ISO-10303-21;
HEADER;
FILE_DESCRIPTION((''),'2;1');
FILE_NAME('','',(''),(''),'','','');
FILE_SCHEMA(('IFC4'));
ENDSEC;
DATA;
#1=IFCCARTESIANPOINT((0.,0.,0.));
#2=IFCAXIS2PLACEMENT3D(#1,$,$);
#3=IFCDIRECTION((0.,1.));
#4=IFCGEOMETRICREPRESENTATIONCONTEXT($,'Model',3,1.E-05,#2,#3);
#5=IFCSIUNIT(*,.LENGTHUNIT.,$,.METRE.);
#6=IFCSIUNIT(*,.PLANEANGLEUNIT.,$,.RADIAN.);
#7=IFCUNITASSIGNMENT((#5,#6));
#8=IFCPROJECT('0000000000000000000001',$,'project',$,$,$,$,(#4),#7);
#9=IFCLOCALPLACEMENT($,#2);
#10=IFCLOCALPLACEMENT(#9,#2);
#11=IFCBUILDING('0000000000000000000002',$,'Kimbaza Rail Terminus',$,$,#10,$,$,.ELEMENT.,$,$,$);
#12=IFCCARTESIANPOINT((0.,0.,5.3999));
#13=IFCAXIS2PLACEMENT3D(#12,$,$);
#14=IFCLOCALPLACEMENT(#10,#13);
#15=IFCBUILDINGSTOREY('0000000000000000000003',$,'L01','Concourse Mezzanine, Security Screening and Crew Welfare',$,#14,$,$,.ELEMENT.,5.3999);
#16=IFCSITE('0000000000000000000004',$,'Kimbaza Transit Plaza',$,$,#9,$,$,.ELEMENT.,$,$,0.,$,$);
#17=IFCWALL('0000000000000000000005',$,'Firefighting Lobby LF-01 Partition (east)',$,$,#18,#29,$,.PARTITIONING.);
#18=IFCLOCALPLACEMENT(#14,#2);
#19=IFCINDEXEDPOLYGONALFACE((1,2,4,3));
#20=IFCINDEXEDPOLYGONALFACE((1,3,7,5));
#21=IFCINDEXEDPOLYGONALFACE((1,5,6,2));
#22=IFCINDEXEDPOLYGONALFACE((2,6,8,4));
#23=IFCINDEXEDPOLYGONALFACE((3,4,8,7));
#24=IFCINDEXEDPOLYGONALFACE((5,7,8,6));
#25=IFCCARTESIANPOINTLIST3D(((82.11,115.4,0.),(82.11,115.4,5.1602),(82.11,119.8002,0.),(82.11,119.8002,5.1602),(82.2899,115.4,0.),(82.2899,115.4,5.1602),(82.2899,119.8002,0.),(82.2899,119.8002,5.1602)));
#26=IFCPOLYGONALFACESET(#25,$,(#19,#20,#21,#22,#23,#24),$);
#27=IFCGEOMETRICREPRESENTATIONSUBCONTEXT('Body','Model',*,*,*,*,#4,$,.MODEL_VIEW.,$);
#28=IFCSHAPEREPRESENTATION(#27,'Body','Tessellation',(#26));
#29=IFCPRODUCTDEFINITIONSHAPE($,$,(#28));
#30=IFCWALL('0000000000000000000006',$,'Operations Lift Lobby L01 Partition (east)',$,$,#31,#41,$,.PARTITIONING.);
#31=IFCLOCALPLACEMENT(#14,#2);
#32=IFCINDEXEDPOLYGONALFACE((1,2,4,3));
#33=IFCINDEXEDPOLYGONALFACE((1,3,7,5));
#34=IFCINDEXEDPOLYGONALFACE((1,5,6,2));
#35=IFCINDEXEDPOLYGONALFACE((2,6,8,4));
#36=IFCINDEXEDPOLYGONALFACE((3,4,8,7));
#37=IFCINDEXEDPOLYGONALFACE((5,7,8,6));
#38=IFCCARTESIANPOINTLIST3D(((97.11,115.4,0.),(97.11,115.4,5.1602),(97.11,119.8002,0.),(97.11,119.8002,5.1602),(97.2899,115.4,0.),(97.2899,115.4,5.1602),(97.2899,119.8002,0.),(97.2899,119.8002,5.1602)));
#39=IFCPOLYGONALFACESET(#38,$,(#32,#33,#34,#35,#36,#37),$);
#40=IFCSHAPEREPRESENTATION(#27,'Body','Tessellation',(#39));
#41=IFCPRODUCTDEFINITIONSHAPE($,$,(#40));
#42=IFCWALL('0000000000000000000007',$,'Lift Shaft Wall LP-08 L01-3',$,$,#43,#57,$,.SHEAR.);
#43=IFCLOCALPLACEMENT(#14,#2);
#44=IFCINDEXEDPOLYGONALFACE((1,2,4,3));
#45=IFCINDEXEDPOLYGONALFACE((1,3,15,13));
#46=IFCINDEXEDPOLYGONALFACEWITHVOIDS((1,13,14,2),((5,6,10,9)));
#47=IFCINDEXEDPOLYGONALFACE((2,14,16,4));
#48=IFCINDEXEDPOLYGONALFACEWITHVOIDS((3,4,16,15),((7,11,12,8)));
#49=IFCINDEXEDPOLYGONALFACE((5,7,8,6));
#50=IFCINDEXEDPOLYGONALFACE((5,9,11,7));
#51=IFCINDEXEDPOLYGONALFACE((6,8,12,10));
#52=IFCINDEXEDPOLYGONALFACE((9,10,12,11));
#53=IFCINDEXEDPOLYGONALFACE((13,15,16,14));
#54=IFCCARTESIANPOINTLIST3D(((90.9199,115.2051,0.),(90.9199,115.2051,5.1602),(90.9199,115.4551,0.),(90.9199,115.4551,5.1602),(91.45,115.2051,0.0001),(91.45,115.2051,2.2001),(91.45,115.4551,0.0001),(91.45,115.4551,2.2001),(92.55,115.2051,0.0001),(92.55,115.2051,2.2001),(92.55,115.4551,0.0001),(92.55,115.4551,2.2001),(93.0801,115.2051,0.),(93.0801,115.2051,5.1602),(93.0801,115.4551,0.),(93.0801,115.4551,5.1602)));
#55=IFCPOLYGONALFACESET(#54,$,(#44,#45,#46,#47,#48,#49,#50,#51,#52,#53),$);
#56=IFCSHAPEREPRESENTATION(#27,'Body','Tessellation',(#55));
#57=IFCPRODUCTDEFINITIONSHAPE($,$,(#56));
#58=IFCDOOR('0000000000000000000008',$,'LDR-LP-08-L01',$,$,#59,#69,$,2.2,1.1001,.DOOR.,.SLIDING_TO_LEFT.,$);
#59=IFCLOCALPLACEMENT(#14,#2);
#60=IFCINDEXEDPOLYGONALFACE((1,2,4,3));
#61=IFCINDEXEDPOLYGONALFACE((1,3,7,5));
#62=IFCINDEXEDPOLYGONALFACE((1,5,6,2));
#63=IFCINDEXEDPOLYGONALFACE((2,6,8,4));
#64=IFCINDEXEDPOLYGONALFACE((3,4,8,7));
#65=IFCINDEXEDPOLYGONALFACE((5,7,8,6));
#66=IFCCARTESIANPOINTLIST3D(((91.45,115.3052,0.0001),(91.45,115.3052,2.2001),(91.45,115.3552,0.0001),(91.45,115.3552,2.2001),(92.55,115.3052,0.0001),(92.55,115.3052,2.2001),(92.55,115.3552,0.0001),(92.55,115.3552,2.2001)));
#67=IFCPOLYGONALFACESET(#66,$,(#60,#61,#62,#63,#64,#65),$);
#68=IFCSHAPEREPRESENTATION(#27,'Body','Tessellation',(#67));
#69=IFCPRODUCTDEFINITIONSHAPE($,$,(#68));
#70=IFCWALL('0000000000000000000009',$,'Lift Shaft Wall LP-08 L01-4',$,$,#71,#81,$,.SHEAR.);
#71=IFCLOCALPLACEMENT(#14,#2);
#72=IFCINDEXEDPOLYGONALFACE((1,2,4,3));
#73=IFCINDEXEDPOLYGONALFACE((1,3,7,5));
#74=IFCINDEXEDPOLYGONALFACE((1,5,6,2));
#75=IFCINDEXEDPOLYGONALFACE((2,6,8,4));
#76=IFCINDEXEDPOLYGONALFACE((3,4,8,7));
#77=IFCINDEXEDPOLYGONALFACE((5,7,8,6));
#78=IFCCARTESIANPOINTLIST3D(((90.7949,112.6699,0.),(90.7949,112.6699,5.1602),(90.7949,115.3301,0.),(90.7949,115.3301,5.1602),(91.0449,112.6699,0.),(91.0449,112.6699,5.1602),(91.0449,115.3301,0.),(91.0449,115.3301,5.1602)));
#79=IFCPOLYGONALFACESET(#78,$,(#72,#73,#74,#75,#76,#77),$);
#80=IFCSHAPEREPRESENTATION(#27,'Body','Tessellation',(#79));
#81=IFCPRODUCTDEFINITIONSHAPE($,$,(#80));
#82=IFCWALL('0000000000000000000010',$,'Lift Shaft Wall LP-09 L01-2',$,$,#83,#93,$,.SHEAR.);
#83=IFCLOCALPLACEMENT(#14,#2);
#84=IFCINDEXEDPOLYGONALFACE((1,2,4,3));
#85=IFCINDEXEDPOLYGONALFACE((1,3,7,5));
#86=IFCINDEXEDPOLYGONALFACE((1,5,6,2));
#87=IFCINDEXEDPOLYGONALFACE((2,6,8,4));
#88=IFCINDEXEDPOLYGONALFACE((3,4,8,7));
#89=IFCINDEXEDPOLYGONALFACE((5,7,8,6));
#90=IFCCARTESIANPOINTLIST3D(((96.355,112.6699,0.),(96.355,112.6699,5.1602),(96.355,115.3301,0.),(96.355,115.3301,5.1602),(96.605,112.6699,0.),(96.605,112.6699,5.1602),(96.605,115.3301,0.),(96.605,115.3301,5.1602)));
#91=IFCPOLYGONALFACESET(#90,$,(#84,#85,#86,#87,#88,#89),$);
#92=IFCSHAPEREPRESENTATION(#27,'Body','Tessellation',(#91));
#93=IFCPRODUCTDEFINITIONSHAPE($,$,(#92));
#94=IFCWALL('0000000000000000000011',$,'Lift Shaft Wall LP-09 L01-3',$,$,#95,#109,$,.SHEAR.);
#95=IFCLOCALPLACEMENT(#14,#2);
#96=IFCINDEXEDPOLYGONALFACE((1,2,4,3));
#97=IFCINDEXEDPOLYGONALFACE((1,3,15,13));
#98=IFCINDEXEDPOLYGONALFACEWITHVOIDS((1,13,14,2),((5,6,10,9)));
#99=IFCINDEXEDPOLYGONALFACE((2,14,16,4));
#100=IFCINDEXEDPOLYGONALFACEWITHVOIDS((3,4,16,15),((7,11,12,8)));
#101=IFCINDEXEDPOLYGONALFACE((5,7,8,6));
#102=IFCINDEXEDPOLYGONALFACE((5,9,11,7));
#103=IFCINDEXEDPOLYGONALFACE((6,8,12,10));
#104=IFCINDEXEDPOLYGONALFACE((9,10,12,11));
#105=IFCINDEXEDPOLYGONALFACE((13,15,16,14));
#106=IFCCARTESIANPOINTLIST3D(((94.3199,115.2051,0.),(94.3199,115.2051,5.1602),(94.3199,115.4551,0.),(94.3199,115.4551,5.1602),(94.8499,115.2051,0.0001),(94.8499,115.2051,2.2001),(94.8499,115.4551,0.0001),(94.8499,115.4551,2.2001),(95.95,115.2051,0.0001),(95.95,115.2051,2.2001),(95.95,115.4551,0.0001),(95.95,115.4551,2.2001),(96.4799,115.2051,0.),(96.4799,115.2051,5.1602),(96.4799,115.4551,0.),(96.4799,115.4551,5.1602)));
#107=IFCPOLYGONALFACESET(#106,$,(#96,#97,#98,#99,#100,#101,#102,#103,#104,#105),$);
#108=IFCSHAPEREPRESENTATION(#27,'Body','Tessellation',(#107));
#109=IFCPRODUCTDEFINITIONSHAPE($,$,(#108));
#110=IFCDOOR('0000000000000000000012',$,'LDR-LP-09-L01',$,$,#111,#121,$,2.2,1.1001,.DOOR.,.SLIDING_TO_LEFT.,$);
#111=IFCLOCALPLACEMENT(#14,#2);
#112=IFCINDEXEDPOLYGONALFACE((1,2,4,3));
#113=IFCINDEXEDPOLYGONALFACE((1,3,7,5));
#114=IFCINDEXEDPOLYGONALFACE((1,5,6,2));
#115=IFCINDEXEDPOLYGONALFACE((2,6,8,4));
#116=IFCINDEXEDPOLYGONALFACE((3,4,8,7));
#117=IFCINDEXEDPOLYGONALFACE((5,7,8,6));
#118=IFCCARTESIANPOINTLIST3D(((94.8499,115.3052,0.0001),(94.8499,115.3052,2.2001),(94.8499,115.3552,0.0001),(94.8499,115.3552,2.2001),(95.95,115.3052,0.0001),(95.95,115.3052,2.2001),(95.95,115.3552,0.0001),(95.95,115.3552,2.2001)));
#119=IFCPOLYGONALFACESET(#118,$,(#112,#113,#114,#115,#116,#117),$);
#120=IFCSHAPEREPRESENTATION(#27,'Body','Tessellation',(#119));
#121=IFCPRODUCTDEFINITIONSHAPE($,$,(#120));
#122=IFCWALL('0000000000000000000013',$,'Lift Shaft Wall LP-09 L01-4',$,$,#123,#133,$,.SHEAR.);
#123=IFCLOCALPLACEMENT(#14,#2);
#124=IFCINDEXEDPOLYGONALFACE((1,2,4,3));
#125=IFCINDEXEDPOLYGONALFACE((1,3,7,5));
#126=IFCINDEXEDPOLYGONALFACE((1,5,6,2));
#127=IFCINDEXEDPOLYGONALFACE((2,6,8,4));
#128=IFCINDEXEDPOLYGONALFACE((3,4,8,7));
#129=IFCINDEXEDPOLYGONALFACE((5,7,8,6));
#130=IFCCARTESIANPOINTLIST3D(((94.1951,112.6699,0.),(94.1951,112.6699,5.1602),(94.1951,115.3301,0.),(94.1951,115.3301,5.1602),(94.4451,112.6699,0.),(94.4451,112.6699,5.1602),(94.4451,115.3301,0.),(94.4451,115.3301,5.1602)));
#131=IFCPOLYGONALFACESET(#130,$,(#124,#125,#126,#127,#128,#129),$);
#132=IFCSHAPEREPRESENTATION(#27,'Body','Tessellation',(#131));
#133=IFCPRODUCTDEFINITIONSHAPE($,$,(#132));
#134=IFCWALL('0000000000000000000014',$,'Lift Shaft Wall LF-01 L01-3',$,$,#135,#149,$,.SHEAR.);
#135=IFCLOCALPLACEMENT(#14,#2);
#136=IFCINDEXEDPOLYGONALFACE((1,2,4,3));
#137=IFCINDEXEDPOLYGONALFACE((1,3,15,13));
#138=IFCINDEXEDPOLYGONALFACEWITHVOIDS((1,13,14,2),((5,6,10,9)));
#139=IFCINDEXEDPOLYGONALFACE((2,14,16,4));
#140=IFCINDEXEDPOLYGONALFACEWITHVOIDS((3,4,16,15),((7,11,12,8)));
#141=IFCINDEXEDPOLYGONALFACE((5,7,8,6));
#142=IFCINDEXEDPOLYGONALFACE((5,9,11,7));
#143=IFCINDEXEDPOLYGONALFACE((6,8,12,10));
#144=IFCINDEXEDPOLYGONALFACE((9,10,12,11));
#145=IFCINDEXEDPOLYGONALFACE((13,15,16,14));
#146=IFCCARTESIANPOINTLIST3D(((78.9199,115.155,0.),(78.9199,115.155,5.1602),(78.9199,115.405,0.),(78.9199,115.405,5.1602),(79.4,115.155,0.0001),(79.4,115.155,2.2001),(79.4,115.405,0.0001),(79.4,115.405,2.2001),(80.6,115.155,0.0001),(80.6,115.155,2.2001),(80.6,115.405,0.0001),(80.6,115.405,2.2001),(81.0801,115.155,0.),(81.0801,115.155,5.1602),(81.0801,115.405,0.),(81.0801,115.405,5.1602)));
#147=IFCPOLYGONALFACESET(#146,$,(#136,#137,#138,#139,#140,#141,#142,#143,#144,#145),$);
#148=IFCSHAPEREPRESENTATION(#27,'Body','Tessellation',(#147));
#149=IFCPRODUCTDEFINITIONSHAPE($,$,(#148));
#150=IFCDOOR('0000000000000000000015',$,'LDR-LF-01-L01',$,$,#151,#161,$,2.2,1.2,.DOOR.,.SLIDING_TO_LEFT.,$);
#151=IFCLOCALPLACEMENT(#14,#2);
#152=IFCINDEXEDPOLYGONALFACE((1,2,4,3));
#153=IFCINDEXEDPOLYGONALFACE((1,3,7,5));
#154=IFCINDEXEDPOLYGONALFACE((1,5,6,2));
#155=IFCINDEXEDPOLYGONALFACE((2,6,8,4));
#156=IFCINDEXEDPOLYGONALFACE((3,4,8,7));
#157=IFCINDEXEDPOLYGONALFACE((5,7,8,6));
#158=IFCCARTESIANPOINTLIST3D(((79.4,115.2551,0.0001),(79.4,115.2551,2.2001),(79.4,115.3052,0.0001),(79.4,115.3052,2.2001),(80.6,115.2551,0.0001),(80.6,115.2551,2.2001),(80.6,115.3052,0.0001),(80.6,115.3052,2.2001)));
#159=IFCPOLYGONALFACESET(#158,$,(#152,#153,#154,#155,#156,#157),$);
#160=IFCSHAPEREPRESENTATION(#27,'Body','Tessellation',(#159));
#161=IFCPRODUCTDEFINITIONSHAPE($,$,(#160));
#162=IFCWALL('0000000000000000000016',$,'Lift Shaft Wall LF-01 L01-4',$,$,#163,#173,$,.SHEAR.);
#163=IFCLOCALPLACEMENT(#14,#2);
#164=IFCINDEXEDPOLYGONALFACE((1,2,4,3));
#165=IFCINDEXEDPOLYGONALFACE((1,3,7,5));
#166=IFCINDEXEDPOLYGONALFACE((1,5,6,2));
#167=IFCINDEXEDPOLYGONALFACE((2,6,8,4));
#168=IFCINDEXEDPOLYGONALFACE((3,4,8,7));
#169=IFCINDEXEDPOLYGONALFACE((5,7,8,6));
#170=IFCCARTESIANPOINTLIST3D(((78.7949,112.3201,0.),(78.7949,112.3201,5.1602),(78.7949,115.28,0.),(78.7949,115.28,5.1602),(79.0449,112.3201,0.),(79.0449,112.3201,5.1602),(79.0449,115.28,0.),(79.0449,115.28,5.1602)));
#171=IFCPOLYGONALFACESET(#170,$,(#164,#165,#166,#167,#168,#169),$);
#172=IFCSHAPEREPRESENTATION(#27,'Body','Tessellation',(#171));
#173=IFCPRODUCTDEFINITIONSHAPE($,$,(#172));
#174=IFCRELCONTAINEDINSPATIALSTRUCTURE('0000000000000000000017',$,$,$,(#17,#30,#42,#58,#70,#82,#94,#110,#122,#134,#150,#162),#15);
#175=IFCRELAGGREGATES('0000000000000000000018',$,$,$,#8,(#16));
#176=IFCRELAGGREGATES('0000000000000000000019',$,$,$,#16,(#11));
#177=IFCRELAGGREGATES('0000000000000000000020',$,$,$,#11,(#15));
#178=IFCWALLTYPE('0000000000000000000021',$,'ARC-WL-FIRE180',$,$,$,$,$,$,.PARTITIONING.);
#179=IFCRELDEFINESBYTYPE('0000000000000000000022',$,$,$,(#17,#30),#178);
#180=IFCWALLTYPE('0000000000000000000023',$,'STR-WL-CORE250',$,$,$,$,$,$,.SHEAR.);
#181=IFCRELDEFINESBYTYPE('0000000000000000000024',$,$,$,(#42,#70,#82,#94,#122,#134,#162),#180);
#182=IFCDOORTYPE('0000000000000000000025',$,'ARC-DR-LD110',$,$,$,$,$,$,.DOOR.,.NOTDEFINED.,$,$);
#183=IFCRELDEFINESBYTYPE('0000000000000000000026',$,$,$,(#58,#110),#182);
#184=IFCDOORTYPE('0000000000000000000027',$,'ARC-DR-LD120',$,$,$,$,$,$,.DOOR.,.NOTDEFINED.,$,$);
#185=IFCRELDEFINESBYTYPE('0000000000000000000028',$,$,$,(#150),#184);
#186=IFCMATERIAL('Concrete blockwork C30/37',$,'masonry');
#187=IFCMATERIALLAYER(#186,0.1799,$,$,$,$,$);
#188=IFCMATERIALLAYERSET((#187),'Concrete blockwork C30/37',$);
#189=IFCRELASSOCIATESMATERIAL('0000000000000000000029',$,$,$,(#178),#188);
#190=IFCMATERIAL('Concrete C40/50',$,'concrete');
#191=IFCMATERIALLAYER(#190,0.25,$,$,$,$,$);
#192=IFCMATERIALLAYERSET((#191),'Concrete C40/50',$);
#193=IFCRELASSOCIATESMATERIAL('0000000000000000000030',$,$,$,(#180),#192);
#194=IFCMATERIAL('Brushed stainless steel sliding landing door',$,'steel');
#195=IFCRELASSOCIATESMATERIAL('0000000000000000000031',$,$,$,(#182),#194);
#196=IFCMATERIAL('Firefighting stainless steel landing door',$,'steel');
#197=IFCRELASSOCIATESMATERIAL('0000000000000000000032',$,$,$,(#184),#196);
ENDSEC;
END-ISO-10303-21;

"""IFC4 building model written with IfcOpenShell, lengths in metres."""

from ifc_helpers import new_model, si_unit, direction, frame, frame_2d, origin, place, context, subcontext, project, spatial, rectangle, extrude, material, layer, layer_set, type_object, element, fill, save


model = new_model("IFC4")

# Units and contexts
model_context = context("Model", 3, precision=1e-05, world=origin(), true_north=direction((0.0, 1.0)))
body_context = subcontext(model_context, "Body", "Model", "MODEL_VIEW")
ifc_project = project(units=[si_unit("LENGTHUNIT", "METRE"), si_unit("PLANEANGLEUNIT", "RADIAN")], contexts=[model_context])

# Site, building, storey
site_placement = place(None, origin())
site = spatial("IfcSite", under=ifc_project, at=site_placement, Name="Kimbaza Transit Plaza", CompositionType="ELEMENT", RefElevation=0.0)
building_placement = place(site_placement, origin())
building = spatial("IfcBuilding", under=site, at=building_placement, Name="Kimbaza Rail Terminus", CompositionType="ELEMENT")
storey_placement = place(building_placement, frame((0.0, 0.0, 5.3999)))
storey = spatial("IfcBuildingStorey", under=building, at=storey_placement, Name="L01", Description="Concourse Mezzanine, Security Screening and Crew Welfare", CompositionType="ELEMENT", Elevation=5.3999)

# Walls
ifc_material_1 = material(Name="Concrete blockwork C30/37", Category="masonry")
ifc_layer_1 = layer(ifc_material_1, 0.1799)
ifc_layer_set_1 = layer_set([ifc_layer_1], Name="Concrete blockwork C30/37")
wall_type_1 = type_object("IfcWallType", Name="ARC-WL-FIRE180", PredefinedType="PARTITIONING", material=ifc_layer_set_1)
for number, where, z_axis, x_axis, name in (
    (1, (82.2, 115.3999, 0.0), (0.0, 0.0, 1.0), (0.0, 1.0, 0.0), "Firefighting Lobby LF-01 Partition (east)"),
    (2, (97.2, 115.3999, 0.0), (0.0, 0.0, 1.0), (0.0, 1.0, 0.0), "Operations Lift Lobby L01 Partition (east)"),
):
    element("IfcWall", number, at=place(storey_placement, frame(where, z_axis=z_axis, x_axis=x_axis)), inside=storey, type_object=wall_type_1, Name=name, PredefinedType="PARTITIONING", context=body_context, shape_type="SweptSolid", body=[
        extrude(rectangle(XDim=4.4001, YDim=0.1799, at=frame_2d((2.2002, 0.0))), origin(), (0.0, 0.0, 1.0), 5.1602),
    ])

# Wall, opening, door
ifc_material_2 = material(Name="Concrete C40/50", Category="concrete")
ifc_layer_2 = layer(ifc_material_2, 0.25)
ifc_layer_set_2 = layer_set([ifc_layer_2], Name="Concrete C40/50")
wall_type_2 = type_object("IfcWallType", Name="STR-WL-CORE250", PredefinedType="SHEAR", material=ifc_layer_set_2)
wall_1_placement = place(storey_placement, frame((93.0801, 115.3301, 0.0), z_axis=(0.0, 0.0, 1.0), x_axis=(-1.0, 0.0, 0.0)))
wall_1 = element("IfcWall", 3, at=wall_1_placement, inside=storey, type_object=wall_type_2, Name="Lift Shaft Wall LP-08 L01-3", PredefinedType="SHEAR", context=body_context, shape_type="SweptSolid", body=[
    extrude(rectangle(XDim=2.1602, YDim=0.25, at=frame_2d((1.0801, 0.0))), origin(), (0.0, 0.0, 1.0), 5.1602),
])
opening_1_placement = place(wall_1_placement, frame((0.53, 0.0, 0.0)))
opening_1 = element("IfcOpeningElement", 4, at=opening_1_placement, cuts=wall_1, PredefinedType="OPENING", context=body_context, shape_type="SweptSolid", body=[
    extrude(rectangle(XDim=1.1001, YDim=2.2, at=frame_2d((0.55, 1.1001))), frame((0.0, 0.135, 0.0), z_axis=(0.0, -1.0, 0.0), x_axis=(1.0, 0.0, 0.0)), (0.0, 0.0, 1.0), 0.27),
])
ifc_material_3 = material(Name="Brushed stainless steel sliding landing door", Category="steel")
door_type_1 = type_object("IfcDoorType", Name="ARC-DR-LD110", OperationType="NOTDEFINED", PredefinedType="DOOR", material=ifc_material_3)
door_1_placement = place(opening_1_placement, origin())
door_1 = element("IfcDoor", 5, at=door_1_placement, inside=storey, type_object=door_type_1, Name="LDR-LP-08-L01", OperationType="SLIDING_TO_LEFT", OverallHeight=2.2, OverallWidth=1.1001, PredefinedType="DOOR", context=body_context, shape_type="SweptSolid", body=[
    extrude(rectangle(XDim=1.1001, YDim=2.2, at=frame_2d((0.55, 1.1001))), frame((0.0, 0.0249, 0.0), z_axis=(0.0, -1.0, 0.0), x_axis=(1.0, 0.0, 0.0)), (0.0, 0.0, 1.0), 0.05),
])
fill(opening_1, door_1)

# Walls
for number, where, z_axis, x_axis, name in (
    (6, (90.9199, 115.3301, 0.0), (0.0, 0.0, 1.0), (0.0, -1.0, 0.0), "Lift Shaft Wall LP-08 L01-4"),
    (7, (96.48, 112.6699, 0.0), (0.0, 0.0, 1.0), (0.0, 1.0, 0.0), "Lift Shaft Wall LP-09 L01-2"),
):
    element("IfcWall", number, at=place(storey_placement, frame(where, z_axis=z_axis, x_axis=x_axis)), inside=storey, type_object=wall_type_2, Name=name, PredefinedType="SHEAR", context=body_context, shape_type="SweptSolid", body=[
        extrude(rectangle(XDim=2.6602, YDim=0.25, at=frame_2d((1.3301, 0.0))), origin(), (0.0, 0.0, 1.0), 5.1602),
    ])

# Wall, opening, door
wall_2_placement = place(storey_placement, frame((96.48, 115.3301, 0.0), z_axis=(0.0, 0.0, 1.0), x_axis=(-1.0, 0.0, 0.0)))
wall_2 = element("IfcWall", 8, at=wall_2_placement, inside=storey, type_object=wall_type_2, Name="Lift Shaft Wall LP-09 L01-3", PredefinedType="SHEAR", context=body_context, shape_type="SweptSolid", body=[
    extrude(rectangle(XDim=2.1599, YDim=0.25, at=frame_2d((1.0801, 0.0))), origin(), (0.0, 0.0, 1.0), 5.1602),
])
opening_2_placement = place(wall_2_placement, frame((0.53, 0.0, 0.0)))
opening_2 = element("IfcOpeningElement", 9, at=opening_2_placement, cuts=wall_2, PredefinedType="OPENING", context=body_context, shape_type="SweptSolid", body=[
    extrude(rectangle(XDim=1.1001, YDim=2.2, at=frame_2d((0.55, 1.1001))), frame((0.0, 0.135, 0.0), z_axis=(0.0, -1.0, 0.0), x_axis=(1.0, 0.0, 0.0)), (0.0, 0.0, 1.0), 0.27),
])
door_2_placement = place(opening_2_placement, origin())
door_2 = element("IfcDoor", 10, at=door_2_placement, inside=storey, type_object=door_type_1, Name="LDR-LP-09-L01", OperationType="SLIDING_TO_LEFT", OverallHeight=2.2, OverallWidth=1.1001, PredefinedType="DOOR", context=body_context, shape_type="SweptSolid", body=[
    extrude(rectangle(XDim=1.1001, YDim=2.2, at=frame_2d((0.55, 1.1001))), frame((0.0, 0.0249, 0.0), z_axis=(0.0, -1.0, 0.0), x_axis=(1.0, 0.0, 0.0)), (0.0, 0.0, 1.0), 0.05),
])
fill(opening_2, door_2)

# Wall
wall_3_placement = place(storey_placement, frame((94.3201, 115.3301, 0.0), z_axis=(0.0, 0.0, 1.0), x_axis=(0.0, -1.0, 0.0)))
element("IfcWall", 11, at=wall_3_placement, inside=storey, type_object=wall_type_2, Name="Lift Shaft Wall LP-09 L01-4", PredefinedType="SHEAR", context=body_context, shape_type="SweptSolid", body=[
    extrude(rectangle(XDim=2.6602, YDim=0.25, at=frame_2d((1.3301, 0.0))), origin(), (0.0, 0.0, 1.0), 5.1602),
])

# Wall, opening, door
wall_4_placement = place(storey_placement, frame((81.0801, 115.28, 0.0), z_axis=(0.0, 0.0, 1.0), x_axis=(-1.0, 0.0, 0.0)))
wall_4 = element("IfcWall", 12, at=wall_4_placement, inside=storey, type_object=wall_type_2, Name="Lift Shaft Wall LF-01 L01-3", PredefinedType="SHEAR", context=body_context, shape_type="SweptSolid", body=[
    extrude(rectangle(XDim=2.1602, YDim=0.25, at=frame_2d((1.0801, 0.0))), origin(), (0.0, 0.0, 1.0), 5.1602),
])
opening_3_placement = place(wall_4_placement, frame((0.48, 0.0, 0.0)))
opening_3 = element("IfcOpeningElement", 13, at=opening_3_placement, cuts=wall_4, PredefinedType="OPENING", context=body_context, shape_type="SweptSolid", body=[
    extrude(rectangle(XDim=1.2, YDim=2.2, at=frame_2d((0.6001, 1.1001))), frame((0.0, 0.135, 0.0), z_axis=(0.0, -1.0, 0.0), x_axis=(1.0, 0.0, 0.0)), (0.0, 0.0, 1.0), 0.27),
])
ifc_material_4 = material(Name="Firefighting stainless steel landing door", Category="steel")
door_type_2 = type_object("IfcDoorType", Name="ARC-DR-LD120", OperationType="NOTDEFINED", PredefinedType="DOOR", material=ifc_material_4)
door_3_placement = place(opening_3_placement, origin())
door_3 = element("IfcDoor", 14, at=door_3_placement, inside=storey, type_object=door_type_2, Name="LDR-LF-01-L01", OperationType="SLIDING_TO_LEFT", OverallHeight=2.2, OverallWidth=1.2, PredefinedType="DOOR", context=body_context, shape_type="SweptSolid", body=[
    extrude(rectangle(XDim=1.2, YDim=2.2, at=frame_2d((0.6001, 1.1001))), frame((0.0, 0.0249, 0.0), z_axis=(0.0, -1.0, 0.0), x_axis=(1.0, 0.0, 0.0)), (0.0, 0.0, 1.0), 0.05),
])
fill(opening_3, door_3)

# Wall
wall_5_placement = place(storey_placement, frame((78.9199, 115.28, 0.0), z_axis=(0.0, 0.0, 1.0), x_axis=(0.0, -1.0, 0.0)))
element("IfcWall", 15, at=wall_5_placement, inside=storey, type_object=wall_type_2, Name="Lift Shaft Wall LF-01 L01-4", PredefinedType="SHEAR", context=body_context, shape_type="SweptSolid", body=[
    extrude(rectangle(XDim=2.96, YDim=0.25, at=frame_2d((1.48, 0.0))), origin(), (0.0, 0.0, 1.0), 5.1602),
])

save(model, "model.ifc")
